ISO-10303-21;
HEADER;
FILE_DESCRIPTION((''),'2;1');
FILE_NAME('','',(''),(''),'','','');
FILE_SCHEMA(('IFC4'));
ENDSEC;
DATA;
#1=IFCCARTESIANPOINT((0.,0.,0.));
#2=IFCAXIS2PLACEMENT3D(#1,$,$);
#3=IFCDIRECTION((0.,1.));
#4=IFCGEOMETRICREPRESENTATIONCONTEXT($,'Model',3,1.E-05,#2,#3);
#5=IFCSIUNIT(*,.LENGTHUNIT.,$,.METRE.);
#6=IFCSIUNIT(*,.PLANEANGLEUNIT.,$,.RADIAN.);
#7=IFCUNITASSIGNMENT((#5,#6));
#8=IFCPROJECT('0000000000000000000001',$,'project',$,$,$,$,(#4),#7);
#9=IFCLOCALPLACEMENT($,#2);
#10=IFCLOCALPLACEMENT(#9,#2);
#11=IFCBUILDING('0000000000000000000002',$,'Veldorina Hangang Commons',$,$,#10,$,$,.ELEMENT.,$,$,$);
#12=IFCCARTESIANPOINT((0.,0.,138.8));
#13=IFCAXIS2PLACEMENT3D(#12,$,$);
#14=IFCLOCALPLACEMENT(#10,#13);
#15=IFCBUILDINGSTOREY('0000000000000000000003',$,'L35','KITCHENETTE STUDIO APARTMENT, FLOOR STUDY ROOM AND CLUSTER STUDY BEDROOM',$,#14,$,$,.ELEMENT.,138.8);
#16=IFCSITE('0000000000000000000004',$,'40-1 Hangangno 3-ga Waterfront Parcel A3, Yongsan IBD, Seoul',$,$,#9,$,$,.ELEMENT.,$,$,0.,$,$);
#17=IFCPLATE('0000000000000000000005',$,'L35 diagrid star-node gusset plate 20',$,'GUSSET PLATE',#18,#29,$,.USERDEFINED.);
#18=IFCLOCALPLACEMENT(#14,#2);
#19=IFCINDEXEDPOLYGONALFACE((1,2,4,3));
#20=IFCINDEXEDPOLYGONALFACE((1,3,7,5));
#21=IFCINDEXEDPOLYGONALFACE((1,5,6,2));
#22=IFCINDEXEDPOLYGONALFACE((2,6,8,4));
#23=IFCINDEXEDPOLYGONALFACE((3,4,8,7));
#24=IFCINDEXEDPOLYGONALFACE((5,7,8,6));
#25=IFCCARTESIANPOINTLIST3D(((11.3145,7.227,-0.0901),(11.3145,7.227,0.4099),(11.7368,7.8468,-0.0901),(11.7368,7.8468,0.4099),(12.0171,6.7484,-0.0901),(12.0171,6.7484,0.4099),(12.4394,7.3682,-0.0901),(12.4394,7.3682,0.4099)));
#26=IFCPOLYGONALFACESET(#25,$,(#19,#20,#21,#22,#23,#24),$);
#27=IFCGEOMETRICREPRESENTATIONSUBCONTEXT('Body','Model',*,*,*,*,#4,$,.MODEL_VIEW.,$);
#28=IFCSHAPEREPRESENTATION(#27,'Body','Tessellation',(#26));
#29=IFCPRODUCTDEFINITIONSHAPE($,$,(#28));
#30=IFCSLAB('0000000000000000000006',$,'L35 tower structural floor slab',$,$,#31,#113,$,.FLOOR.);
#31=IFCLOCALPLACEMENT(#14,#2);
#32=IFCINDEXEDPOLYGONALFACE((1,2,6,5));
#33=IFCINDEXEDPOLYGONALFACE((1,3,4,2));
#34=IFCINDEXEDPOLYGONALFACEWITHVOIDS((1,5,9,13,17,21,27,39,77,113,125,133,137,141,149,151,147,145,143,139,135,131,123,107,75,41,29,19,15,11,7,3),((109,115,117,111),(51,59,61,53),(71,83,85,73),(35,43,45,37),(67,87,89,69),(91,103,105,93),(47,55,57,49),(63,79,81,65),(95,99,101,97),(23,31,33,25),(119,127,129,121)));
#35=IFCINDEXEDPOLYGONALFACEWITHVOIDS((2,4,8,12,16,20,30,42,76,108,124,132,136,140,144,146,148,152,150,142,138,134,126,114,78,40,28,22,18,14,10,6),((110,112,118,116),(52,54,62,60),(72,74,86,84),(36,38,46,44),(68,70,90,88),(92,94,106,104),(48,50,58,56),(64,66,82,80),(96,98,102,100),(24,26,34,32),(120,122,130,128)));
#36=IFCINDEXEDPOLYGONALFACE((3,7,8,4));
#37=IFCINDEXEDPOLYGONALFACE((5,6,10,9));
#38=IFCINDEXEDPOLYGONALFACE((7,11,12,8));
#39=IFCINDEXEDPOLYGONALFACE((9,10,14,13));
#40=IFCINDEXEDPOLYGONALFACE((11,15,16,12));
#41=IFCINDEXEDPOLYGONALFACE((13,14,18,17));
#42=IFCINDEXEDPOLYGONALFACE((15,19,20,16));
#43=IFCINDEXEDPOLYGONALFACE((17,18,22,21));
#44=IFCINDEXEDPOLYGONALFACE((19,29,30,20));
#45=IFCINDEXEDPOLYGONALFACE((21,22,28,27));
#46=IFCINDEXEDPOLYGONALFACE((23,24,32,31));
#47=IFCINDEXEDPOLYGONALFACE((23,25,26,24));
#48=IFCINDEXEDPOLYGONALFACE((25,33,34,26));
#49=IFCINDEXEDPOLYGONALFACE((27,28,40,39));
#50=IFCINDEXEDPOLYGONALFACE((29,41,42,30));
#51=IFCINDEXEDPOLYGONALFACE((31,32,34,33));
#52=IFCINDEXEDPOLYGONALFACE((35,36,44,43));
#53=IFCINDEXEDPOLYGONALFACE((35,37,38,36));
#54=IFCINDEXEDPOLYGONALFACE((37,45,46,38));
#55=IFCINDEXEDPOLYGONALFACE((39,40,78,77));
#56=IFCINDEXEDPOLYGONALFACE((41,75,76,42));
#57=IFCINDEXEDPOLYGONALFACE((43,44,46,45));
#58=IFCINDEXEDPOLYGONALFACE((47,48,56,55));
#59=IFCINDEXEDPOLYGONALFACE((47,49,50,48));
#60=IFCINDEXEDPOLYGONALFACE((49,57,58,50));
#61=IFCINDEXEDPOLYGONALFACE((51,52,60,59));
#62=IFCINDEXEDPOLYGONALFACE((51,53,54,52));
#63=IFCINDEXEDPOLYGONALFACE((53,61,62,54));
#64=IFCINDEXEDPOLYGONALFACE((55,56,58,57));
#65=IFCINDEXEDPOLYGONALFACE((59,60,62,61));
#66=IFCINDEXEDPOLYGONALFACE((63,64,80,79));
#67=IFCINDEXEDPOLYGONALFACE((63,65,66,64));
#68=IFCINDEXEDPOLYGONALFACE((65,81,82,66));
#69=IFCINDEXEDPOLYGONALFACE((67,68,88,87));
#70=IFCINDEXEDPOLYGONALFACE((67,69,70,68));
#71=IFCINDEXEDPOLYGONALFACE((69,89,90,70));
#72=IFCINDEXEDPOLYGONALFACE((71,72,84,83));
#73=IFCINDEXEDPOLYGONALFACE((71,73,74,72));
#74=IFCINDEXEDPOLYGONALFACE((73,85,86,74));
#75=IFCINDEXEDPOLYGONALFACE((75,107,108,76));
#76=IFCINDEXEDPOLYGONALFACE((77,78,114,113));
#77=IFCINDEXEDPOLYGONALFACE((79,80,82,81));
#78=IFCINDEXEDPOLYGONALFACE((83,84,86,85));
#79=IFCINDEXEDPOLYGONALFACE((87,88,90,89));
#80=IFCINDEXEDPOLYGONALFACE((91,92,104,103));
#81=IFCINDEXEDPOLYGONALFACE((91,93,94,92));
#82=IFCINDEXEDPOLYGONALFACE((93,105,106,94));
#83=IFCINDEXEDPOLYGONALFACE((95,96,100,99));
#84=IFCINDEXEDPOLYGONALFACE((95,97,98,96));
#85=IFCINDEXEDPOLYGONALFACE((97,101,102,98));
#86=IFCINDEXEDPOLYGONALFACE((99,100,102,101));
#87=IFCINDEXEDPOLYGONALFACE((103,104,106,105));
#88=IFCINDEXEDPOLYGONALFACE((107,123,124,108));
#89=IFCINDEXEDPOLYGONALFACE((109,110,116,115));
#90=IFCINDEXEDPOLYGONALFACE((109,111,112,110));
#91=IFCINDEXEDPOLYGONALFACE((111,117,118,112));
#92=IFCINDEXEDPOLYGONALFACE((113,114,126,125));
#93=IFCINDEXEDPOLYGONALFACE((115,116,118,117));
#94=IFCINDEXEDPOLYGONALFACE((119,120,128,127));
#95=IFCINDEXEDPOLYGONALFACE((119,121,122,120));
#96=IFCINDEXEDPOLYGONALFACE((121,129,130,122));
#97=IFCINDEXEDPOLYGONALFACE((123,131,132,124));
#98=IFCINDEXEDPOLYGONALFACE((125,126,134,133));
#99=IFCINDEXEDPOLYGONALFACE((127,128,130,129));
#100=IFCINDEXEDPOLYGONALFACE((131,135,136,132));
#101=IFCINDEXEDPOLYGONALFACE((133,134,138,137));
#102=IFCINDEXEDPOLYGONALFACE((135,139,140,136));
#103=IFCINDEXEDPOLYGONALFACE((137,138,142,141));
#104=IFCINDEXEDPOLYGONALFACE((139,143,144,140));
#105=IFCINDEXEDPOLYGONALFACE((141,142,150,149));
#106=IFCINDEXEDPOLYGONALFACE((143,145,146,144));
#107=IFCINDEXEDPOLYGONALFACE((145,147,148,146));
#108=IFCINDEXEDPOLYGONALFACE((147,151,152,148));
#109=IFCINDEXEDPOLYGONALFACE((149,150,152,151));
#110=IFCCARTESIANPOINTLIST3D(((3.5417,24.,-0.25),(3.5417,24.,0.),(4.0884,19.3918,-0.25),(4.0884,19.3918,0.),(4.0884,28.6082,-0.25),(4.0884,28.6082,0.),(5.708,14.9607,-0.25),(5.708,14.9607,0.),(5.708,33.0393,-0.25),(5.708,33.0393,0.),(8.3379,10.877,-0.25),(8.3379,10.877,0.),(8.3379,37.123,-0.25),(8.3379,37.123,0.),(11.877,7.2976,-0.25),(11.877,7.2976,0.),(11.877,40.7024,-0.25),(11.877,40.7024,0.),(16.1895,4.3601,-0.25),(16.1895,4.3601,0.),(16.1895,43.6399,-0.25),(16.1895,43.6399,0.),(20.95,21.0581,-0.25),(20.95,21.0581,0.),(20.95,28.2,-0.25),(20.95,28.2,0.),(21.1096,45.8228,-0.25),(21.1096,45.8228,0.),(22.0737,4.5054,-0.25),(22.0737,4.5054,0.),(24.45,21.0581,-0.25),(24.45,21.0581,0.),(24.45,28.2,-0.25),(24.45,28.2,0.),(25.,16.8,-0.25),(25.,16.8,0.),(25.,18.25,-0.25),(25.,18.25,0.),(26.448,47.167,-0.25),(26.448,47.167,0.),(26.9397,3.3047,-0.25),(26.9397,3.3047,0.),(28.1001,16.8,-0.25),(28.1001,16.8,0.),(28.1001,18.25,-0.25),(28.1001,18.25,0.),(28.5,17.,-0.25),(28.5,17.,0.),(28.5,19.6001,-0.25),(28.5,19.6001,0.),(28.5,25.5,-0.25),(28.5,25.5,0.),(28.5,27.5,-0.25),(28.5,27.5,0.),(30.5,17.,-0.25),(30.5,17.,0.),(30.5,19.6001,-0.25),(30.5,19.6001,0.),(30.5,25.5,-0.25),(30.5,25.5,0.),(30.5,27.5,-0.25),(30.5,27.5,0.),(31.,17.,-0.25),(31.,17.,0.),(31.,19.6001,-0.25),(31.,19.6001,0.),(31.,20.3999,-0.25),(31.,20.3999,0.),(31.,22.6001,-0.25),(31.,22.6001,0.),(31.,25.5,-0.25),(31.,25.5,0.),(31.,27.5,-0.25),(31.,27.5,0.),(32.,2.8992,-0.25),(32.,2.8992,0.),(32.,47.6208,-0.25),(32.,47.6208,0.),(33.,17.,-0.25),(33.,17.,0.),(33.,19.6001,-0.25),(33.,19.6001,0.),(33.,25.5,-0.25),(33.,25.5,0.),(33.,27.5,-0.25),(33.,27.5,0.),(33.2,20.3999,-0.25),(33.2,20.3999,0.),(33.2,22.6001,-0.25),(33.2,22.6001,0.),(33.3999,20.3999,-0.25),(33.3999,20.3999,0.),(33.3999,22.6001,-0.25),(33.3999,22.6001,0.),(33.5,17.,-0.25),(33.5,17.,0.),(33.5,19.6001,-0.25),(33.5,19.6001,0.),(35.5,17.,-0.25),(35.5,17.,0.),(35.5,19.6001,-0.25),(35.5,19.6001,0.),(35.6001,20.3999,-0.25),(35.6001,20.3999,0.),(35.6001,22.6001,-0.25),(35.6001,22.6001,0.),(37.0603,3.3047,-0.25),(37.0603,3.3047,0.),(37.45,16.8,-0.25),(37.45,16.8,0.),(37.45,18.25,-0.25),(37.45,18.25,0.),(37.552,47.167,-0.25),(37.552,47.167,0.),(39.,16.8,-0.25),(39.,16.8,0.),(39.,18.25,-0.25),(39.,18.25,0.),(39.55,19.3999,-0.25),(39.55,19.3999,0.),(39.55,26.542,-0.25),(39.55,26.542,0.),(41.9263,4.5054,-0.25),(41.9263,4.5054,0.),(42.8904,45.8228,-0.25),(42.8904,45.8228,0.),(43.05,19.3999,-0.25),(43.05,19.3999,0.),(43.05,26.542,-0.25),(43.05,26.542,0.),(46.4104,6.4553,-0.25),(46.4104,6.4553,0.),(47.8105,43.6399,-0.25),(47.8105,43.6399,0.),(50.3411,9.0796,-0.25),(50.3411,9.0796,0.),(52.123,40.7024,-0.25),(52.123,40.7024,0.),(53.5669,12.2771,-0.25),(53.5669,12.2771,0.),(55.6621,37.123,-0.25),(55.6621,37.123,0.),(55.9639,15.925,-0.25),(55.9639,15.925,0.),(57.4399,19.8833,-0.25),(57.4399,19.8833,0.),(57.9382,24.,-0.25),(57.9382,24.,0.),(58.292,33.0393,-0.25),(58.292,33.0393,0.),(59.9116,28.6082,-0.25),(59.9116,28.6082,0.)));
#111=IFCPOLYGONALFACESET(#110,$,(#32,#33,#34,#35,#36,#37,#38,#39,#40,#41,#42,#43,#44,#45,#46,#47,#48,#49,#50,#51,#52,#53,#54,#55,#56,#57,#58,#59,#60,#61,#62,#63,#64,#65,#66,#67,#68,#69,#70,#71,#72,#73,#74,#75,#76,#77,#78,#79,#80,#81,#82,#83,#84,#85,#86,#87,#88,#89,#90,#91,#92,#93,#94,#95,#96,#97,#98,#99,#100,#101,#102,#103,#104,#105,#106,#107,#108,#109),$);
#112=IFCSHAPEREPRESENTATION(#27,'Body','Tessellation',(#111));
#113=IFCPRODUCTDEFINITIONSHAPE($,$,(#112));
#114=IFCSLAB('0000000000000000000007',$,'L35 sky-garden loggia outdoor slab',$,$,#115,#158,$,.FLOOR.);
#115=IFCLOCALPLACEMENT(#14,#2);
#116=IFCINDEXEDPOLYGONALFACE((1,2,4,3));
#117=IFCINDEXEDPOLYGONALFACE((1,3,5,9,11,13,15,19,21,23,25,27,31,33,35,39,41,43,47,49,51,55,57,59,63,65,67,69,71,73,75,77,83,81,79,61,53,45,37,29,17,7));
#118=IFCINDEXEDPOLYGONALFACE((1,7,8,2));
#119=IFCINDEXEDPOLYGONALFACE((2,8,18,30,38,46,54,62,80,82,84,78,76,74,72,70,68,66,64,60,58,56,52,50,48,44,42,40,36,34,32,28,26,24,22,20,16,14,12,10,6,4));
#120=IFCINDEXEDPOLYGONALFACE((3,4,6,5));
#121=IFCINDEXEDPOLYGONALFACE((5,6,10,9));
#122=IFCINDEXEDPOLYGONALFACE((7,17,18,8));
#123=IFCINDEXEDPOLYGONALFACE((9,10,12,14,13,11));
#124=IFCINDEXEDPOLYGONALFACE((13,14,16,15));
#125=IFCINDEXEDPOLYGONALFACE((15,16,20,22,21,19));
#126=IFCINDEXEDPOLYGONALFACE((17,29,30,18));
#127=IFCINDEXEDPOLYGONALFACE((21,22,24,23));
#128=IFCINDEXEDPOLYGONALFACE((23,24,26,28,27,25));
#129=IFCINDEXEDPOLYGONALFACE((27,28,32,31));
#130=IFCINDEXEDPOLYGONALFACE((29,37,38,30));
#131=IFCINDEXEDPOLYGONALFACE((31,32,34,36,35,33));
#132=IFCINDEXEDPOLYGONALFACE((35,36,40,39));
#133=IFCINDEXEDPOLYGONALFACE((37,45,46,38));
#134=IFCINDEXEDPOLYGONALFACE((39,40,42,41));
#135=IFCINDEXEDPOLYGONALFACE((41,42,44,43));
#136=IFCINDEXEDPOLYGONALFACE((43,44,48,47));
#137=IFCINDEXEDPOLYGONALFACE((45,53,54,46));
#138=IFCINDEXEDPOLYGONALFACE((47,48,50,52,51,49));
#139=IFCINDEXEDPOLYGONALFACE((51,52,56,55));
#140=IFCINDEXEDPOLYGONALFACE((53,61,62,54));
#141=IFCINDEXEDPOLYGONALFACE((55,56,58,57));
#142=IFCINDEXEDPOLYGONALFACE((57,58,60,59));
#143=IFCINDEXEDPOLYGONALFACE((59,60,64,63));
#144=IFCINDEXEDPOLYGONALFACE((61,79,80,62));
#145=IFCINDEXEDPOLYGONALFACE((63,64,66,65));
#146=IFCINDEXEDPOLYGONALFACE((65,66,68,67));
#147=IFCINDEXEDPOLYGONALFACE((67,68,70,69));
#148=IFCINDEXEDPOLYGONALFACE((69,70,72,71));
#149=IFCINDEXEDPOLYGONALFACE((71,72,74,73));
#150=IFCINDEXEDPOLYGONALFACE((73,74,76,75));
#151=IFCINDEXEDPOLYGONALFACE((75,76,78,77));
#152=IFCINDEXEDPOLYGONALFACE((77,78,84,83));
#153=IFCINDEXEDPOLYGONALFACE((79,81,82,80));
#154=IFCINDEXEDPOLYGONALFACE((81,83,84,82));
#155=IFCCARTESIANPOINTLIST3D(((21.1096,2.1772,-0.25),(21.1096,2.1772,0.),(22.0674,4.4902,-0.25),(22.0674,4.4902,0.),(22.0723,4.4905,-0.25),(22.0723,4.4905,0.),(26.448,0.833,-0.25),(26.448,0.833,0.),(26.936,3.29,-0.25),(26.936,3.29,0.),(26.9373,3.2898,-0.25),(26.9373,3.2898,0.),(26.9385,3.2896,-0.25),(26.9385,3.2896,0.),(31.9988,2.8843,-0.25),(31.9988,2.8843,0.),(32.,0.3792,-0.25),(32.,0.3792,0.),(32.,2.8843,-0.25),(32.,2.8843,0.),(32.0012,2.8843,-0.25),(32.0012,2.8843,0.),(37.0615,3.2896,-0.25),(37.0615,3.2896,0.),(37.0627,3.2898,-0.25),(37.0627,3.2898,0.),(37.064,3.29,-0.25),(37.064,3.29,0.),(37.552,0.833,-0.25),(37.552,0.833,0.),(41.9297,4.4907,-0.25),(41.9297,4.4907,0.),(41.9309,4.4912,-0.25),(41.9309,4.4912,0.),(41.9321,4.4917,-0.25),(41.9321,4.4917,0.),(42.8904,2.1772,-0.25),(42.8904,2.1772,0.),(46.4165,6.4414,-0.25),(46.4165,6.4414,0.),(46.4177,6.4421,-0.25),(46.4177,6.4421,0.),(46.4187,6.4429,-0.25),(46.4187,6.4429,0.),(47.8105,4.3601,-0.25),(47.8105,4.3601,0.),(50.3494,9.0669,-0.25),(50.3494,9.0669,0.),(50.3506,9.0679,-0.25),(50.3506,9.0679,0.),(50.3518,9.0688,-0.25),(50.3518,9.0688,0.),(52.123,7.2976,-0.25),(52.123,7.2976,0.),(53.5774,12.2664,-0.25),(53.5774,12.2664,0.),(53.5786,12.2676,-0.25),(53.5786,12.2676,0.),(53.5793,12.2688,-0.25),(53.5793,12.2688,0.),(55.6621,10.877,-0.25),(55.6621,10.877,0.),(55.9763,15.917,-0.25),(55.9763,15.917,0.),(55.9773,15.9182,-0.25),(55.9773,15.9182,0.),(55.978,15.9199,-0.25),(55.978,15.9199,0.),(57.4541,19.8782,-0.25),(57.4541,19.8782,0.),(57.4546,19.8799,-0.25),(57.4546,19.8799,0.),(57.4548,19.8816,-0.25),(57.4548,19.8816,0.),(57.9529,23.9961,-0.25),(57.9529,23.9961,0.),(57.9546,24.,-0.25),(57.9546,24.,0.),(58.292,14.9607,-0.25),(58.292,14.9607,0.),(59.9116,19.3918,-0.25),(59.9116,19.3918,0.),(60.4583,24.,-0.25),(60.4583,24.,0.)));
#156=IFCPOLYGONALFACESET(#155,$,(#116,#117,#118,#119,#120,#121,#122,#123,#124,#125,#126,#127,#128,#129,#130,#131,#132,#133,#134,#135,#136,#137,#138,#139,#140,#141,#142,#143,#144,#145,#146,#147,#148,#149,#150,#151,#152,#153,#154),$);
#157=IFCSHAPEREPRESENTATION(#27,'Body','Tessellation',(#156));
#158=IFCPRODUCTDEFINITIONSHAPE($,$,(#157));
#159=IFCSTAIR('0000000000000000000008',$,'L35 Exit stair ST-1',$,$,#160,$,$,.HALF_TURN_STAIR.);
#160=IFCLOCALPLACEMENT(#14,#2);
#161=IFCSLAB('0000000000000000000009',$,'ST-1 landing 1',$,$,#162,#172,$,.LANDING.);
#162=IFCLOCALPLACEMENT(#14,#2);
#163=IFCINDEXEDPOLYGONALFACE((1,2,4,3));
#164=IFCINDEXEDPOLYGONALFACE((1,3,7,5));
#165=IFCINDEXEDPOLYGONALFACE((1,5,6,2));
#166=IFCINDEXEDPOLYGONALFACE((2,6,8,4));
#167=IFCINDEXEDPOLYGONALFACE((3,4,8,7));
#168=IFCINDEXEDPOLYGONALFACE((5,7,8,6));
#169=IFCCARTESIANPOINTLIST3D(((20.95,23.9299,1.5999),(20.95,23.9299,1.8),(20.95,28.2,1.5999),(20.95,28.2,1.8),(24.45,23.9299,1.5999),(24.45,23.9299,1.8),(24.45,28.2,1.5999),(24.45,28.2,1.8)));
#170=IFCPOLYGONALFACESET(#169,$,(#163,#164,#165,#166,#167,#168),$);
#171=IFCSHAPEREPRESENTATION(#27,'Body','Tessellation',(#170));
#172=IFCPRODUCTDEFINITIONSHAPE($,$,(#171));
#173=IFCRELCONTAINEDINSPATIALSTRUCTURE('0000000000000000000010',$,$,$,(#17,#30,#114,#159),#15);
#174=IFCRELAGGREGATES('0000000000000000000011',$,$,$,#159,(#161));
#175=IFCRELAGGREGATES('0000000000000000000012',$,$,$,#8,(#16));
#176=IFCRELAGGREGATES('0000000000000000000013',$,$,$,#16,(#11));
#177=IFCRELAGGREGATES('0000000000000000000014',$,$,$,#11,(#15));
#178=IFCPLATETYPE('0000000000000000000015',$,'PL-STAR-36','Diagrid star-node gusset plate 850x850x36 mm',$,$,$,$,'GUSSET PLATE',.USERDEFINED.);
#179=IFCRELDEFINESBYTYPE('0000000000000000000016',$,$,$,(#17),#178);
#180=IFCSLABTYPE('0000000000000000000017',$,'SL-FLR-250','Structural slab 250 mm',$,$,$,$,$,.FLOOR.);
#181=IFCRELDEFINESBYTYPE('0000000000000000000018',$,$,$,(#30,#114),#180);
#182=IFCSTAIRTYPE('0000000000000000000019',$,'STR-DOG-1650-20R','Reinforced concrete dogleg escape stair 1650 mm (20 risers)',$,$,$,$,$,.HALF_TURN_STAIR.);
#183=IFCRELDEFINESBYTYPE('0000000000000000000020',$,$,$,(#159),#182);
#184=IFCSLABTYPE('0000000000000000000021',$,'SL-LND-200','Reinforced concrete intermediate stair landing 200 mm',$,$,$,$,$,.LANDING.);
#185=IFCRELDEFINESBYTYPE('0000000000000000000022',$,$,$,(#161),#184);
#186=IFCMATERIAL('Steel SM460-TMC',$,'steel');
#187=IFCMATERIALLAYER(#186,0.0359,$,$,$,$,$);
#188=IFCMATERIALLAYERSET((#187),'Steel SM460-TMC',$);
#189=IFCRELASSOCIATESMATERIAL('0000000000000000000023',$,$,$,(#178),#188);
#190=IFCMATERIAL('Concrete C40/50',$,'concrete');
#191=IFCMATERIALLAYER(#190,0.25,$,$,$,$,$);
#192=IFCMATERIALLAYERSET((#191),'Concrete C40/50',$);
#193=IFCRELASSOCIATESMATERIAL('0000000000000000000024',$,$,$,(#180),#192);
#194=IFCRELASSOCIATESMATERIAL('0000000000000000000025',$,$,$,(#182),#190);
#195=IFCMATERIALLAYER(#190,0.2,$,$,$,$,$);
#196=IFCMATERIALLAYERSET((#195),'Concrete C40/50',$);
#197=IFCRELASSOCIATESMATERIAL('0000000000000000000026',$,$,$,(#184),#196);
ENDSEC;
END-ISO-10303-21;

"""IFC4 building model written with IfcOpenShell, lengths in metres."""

from ifc_helpers import new_model, si_unit, direction, frame, origin, origin_2d, place, context, subcontext, project, spatial, polyline, rectangle, outline, extrude, material, layer, layer_set, type_object, element, aggregate, save


model = new_model("IFC4")

# Units and contexts
model_context = context("Model", 3, precision=1e-05, world=origin(), true_north=direction((0.0, 1.0)))
body_context = subcontext(model_context, "Body", "Model", "MODEL_VIEW")
ifc_project = project(units=[si_unit("LENGTHUNIT", "METRE"), si_unit("PLANEANGLEUNIT", "RADIAN")], contexts=[model_context])

# Site, building, storey
site_placement = place(None, origin())
site = spatial("IfcSite", under=ifc_project, at=site_placement, Name="40-1 Hangangno 3-ga Waterfront Parcel A3, Yongsan IBD, Seoul", CompositionType="ELEMENT", RefElevation=0.0)
building_placement = place(site_placement, origin())
building = spatial("IfcBuilding", under=site, at=building_placement, Name="Veldorina Hangang Commons", CompositionType="ELEMENT")
storey_placement = place(building_placement, frame((0.0, 0.0, 138.8)))
storey = spatial("IfcBuildingStorey", under=building, at=storey_placement, Name="L35", Description="KITCHENETTE STUDIO APARTMENT, FLOOR STUDY ROOM AND CLUSTER STUDY BEDROOM", CompositionType="ELEMENT", Elevation=138.8)

# Plate
ifc_material_1 = material(Name="Steel SM460-TMC", Category="steel")
ifc_layer_1 = layer(ifc_material_1, 0.0359)
ifc_layer_set_1 = layer_set([ifc_layer_1], Name="Steel SM460-TMC")
plate_type = type_object("IfcPlateType", Name="PL-STAR-36", Description="Diagrid star-node gusset plate 850x850x36 mm", ElementType="GUSSET PLATE", PredefinedType="USERDEFINED", material=ifc_layer_set_1)
plate_1_placement = place(storey_placement, frame((11.877, 7.2976, -0.0901), z_axis=(0.0, 0.0, 1.0), x_axis=(0.826472, -0.562978, 0.0)))
element("IfcPlate", 1, at=plate_1_placement, inside=storey, type_object=plate_type, Name="L35 diagrid star-node gusset plate 20", ObjectType="GUSSET PLATE", PredefinedType="USERDEFINED", context=body_context, shape_type="SweptSolid", body=[
    extrude(rectangle(XDim=0.8501, YDim=0.75, at=origin_2d()), origin(), (0.0, 0.0, 1.0), 0.5),
])

# Slabs
ifc_material_2 = material(Name="Concrete C40/50", Category="concrete")
ifc_layer_2 = layer(ifc_material_2, 0.25)
ifc_layer_set_2 = layer_set([ifc_layer_2], Name="Concrete C40/50")
slab_type_1 = type_object("IfcSlabType", Name="SL-FLR-250", Description="Structural slab 250 mm", PredefinedType="FLOOR", material=ifc_layer_set_2)
slab_1_placement = place(storey_placement, frame((0.0, 0.0, -0.25)))
element("IfcSlab", 2, at=slab_1_placement, inside=storey, type_object=slab_type_1, Name="L35 tower structural floor slab", PredefinedType="FLOOR", context=body_context, shape_type="SweptSolid", body=[
    extrude(outline(polyline([(57.9382, 24.0), (59.9116, 28.6082), (58.292, 33.0393), (55.6621, 37.123), (52.123, 40.7024), (47.8105, 43.6399), (42.8904, 45.8228), (37.552, 47.167), (32.0, 47.6208), (26.448, 47.167), (21.1096, 45.8228), (16.1895, 43.6399), (11.877, 40.7024), (8.3379, 37.123), (5.708, 33.0393), (4.0884, 28.6082), (3.5417, 24.0), (4.0884, 19.3918), (5.708, 14.9607), (8.3379, 10.877), (11.877, 7.2976), (16.1895, 4.3601), (22.0737, 4.5054), (26.9397, 3.3047), (32.0, 2.8992), (37.0603, 3.3047), (41.9263, 4.5054), (46.4104, 6.4553), (50.3411, 9.0796), (53.5669, 12.2771), (55.9639, 15.925), (57.4399, 19.8833), (57.9382, 24.0)]), holes=[polyline([(20.95, 21.0581), (20.95, 28.2), (24.45, 28.2), (24.45, 21.0581), (20.95, 21.0581)]), polyline([(43.05, 26.542), (43.05, 19.3999), (39.55, 19.3999), (39.55, 26.542), (43.05, 26.542)]), polyline([(28.5, 27.5), (30.5, 27.5), (30.5, 25.5), (28.5, 25.5), (28.5, 27.5)]), polyline([(31.0, 27.5), (33.0, 27.5), (33.0, 25.5), (31.0, 25.5), (31.0, 27.5)]), polyline([(31.0, 22.6001), (33.2, 22.6001), (33.2, 20.3999), (31.0, 20.3999), (31.0, 22.6001)]), polyline([(33.3999, 22.6001), (35.6001, 22.6001), (35.6001, 20.3999), (33.3999, 20.3999), (33.3999, 22.6001)]), polyline([(28.5, 19.6001), (30.5, 19.6001), (30.5, 17.0), (28.5, 17.0), (28.5, 19.6001)]), polyline([(31.0, 19.6001), (33.0, 19.6001), (33.0, 17.0), (31.0, 17.0), (31.0, 19.6001)]), polyline([(33.5, 19.6001), (35.5, 19.6001), (35.5, 17.0), (33.5, 17.0), (33.5, 19.6001)]), polyline([(25.0, 18.25), (28.1001, 18.25), (28.1001, 16.8), (25.0, 16.8), (25.0, 18.25)]), polyline([(37.45, 18.25), (39.0, 18.25), (39.0, 16.8), (37.45, 16.8), (37.45, 18.25)])]), origin(), (0.0, 0.0, 1.0), 0.25),
])
slab_2_placement = place(storey_placement, frame((0.0, 0.0, -0.25)))
element("IfcSlab", 3, at=slab_2_placement, inside=storey, type_object=slab_type_1, Name="L35 sky-garden loggia outdoor slab", PredefinedType="FLOOR", context=body_context, shape_type="SweptSolid", body=[
    extrude(outline(polyline([(60.4583, 24.0), (59.9116, 19.3918), (58.292, 14.9607), (55.6621, 10.877), (52.123, 7.2976), (47.8105, 4.3601), (42.8904, 2.1772), (37.552, 0.833), (32.0, 0.3792), (26.448, 0.833), (21.1096, 2.1772), (22.0674, 4.4902), (22.0723, 4.4905), (26.936, 3.29), (26.9373, 3.2898), (26.9385, 3.2896), (31.9988, 2.8843), (32.0, 2.8843), (32.0012, 2.8843), (37.0615, 3.2896), (37.0627, 3.2898), (37.064, 3.29), (41.9297, 4.4907), (41.9309, 4.4912), (41.9321, 4.4917), (46.4165, 6.4414), (46.4177, 6.4421), (46.4187, 6.4429), (50.3494, 9.0669), (50.3506, 9.0679), (50.3518, 9.0688), (53.5774, 12.2664), (53.5786, 12.2676), (53.5793, 12.2688), (55.9763, 15.917), (55.9773, 15.9182), (55.978, 15.9199), (57.4541, 19.8782), (57.4546, 19.8799), (57.4548, 19.8816), (57.9529, 23.9961), (57.9546, 24.0), (60.4583, 24.0)])), origin(), (0.0, 0.0, 1.0), 0.25),
])

# Stair, slab
stair_type = type_object("IfcStairType", Name="STR-DOG-1650-20R", Description="Reinforced concrete dogleg escape stair 1650 mm (20 risers)", PredefinedType="HALF_TURN_STAIR", material=ifc_material_2)
stair_1_placement = place(storey_placement, origin())
stair_1 = element("IfcStair", 4, at=stair_1_placement, inside=storey, type_object=stair_type, Name="L35 Exit stair ST-1", PredefinedType="HALF_TURN_STAIR")
ifc_layer_3 = layer(ifc_material_2, 0.2)
ifc_layer_set_3 = layer_set([ifc_layer_3], Name="Concrete C40/50")
slab_type_2 = type_object("IfcSlabType", Name="SL-LND-200", Description="Reinforced concrete intermediate stair landing 200 mm", PredefinedType="LANDING", material=ifc_layer_set_3)
slab_3_placement = place(storey_placement, frame((0.0, 0.0, 1.5999)))
slab_3 = element("IfcSlab", 5, at=slab_3_placement, type_object=slab_type_2, Name="ST-1 landing 1", PredefinedType="LANDING", context=body_context, shape_type="SweptSolid", body=[
    extrude(outline(polyline([(24.45, 23.9299), (24.45, 28.2), (20.95, 28.2), (20.95, 23.9299), (24.45, 23.9299)])), origin(), (0.0, 0.0, 1.0), 0.2002),
])
aggregate(stair_1, [slab_3])

save(model, "model.ifc")
